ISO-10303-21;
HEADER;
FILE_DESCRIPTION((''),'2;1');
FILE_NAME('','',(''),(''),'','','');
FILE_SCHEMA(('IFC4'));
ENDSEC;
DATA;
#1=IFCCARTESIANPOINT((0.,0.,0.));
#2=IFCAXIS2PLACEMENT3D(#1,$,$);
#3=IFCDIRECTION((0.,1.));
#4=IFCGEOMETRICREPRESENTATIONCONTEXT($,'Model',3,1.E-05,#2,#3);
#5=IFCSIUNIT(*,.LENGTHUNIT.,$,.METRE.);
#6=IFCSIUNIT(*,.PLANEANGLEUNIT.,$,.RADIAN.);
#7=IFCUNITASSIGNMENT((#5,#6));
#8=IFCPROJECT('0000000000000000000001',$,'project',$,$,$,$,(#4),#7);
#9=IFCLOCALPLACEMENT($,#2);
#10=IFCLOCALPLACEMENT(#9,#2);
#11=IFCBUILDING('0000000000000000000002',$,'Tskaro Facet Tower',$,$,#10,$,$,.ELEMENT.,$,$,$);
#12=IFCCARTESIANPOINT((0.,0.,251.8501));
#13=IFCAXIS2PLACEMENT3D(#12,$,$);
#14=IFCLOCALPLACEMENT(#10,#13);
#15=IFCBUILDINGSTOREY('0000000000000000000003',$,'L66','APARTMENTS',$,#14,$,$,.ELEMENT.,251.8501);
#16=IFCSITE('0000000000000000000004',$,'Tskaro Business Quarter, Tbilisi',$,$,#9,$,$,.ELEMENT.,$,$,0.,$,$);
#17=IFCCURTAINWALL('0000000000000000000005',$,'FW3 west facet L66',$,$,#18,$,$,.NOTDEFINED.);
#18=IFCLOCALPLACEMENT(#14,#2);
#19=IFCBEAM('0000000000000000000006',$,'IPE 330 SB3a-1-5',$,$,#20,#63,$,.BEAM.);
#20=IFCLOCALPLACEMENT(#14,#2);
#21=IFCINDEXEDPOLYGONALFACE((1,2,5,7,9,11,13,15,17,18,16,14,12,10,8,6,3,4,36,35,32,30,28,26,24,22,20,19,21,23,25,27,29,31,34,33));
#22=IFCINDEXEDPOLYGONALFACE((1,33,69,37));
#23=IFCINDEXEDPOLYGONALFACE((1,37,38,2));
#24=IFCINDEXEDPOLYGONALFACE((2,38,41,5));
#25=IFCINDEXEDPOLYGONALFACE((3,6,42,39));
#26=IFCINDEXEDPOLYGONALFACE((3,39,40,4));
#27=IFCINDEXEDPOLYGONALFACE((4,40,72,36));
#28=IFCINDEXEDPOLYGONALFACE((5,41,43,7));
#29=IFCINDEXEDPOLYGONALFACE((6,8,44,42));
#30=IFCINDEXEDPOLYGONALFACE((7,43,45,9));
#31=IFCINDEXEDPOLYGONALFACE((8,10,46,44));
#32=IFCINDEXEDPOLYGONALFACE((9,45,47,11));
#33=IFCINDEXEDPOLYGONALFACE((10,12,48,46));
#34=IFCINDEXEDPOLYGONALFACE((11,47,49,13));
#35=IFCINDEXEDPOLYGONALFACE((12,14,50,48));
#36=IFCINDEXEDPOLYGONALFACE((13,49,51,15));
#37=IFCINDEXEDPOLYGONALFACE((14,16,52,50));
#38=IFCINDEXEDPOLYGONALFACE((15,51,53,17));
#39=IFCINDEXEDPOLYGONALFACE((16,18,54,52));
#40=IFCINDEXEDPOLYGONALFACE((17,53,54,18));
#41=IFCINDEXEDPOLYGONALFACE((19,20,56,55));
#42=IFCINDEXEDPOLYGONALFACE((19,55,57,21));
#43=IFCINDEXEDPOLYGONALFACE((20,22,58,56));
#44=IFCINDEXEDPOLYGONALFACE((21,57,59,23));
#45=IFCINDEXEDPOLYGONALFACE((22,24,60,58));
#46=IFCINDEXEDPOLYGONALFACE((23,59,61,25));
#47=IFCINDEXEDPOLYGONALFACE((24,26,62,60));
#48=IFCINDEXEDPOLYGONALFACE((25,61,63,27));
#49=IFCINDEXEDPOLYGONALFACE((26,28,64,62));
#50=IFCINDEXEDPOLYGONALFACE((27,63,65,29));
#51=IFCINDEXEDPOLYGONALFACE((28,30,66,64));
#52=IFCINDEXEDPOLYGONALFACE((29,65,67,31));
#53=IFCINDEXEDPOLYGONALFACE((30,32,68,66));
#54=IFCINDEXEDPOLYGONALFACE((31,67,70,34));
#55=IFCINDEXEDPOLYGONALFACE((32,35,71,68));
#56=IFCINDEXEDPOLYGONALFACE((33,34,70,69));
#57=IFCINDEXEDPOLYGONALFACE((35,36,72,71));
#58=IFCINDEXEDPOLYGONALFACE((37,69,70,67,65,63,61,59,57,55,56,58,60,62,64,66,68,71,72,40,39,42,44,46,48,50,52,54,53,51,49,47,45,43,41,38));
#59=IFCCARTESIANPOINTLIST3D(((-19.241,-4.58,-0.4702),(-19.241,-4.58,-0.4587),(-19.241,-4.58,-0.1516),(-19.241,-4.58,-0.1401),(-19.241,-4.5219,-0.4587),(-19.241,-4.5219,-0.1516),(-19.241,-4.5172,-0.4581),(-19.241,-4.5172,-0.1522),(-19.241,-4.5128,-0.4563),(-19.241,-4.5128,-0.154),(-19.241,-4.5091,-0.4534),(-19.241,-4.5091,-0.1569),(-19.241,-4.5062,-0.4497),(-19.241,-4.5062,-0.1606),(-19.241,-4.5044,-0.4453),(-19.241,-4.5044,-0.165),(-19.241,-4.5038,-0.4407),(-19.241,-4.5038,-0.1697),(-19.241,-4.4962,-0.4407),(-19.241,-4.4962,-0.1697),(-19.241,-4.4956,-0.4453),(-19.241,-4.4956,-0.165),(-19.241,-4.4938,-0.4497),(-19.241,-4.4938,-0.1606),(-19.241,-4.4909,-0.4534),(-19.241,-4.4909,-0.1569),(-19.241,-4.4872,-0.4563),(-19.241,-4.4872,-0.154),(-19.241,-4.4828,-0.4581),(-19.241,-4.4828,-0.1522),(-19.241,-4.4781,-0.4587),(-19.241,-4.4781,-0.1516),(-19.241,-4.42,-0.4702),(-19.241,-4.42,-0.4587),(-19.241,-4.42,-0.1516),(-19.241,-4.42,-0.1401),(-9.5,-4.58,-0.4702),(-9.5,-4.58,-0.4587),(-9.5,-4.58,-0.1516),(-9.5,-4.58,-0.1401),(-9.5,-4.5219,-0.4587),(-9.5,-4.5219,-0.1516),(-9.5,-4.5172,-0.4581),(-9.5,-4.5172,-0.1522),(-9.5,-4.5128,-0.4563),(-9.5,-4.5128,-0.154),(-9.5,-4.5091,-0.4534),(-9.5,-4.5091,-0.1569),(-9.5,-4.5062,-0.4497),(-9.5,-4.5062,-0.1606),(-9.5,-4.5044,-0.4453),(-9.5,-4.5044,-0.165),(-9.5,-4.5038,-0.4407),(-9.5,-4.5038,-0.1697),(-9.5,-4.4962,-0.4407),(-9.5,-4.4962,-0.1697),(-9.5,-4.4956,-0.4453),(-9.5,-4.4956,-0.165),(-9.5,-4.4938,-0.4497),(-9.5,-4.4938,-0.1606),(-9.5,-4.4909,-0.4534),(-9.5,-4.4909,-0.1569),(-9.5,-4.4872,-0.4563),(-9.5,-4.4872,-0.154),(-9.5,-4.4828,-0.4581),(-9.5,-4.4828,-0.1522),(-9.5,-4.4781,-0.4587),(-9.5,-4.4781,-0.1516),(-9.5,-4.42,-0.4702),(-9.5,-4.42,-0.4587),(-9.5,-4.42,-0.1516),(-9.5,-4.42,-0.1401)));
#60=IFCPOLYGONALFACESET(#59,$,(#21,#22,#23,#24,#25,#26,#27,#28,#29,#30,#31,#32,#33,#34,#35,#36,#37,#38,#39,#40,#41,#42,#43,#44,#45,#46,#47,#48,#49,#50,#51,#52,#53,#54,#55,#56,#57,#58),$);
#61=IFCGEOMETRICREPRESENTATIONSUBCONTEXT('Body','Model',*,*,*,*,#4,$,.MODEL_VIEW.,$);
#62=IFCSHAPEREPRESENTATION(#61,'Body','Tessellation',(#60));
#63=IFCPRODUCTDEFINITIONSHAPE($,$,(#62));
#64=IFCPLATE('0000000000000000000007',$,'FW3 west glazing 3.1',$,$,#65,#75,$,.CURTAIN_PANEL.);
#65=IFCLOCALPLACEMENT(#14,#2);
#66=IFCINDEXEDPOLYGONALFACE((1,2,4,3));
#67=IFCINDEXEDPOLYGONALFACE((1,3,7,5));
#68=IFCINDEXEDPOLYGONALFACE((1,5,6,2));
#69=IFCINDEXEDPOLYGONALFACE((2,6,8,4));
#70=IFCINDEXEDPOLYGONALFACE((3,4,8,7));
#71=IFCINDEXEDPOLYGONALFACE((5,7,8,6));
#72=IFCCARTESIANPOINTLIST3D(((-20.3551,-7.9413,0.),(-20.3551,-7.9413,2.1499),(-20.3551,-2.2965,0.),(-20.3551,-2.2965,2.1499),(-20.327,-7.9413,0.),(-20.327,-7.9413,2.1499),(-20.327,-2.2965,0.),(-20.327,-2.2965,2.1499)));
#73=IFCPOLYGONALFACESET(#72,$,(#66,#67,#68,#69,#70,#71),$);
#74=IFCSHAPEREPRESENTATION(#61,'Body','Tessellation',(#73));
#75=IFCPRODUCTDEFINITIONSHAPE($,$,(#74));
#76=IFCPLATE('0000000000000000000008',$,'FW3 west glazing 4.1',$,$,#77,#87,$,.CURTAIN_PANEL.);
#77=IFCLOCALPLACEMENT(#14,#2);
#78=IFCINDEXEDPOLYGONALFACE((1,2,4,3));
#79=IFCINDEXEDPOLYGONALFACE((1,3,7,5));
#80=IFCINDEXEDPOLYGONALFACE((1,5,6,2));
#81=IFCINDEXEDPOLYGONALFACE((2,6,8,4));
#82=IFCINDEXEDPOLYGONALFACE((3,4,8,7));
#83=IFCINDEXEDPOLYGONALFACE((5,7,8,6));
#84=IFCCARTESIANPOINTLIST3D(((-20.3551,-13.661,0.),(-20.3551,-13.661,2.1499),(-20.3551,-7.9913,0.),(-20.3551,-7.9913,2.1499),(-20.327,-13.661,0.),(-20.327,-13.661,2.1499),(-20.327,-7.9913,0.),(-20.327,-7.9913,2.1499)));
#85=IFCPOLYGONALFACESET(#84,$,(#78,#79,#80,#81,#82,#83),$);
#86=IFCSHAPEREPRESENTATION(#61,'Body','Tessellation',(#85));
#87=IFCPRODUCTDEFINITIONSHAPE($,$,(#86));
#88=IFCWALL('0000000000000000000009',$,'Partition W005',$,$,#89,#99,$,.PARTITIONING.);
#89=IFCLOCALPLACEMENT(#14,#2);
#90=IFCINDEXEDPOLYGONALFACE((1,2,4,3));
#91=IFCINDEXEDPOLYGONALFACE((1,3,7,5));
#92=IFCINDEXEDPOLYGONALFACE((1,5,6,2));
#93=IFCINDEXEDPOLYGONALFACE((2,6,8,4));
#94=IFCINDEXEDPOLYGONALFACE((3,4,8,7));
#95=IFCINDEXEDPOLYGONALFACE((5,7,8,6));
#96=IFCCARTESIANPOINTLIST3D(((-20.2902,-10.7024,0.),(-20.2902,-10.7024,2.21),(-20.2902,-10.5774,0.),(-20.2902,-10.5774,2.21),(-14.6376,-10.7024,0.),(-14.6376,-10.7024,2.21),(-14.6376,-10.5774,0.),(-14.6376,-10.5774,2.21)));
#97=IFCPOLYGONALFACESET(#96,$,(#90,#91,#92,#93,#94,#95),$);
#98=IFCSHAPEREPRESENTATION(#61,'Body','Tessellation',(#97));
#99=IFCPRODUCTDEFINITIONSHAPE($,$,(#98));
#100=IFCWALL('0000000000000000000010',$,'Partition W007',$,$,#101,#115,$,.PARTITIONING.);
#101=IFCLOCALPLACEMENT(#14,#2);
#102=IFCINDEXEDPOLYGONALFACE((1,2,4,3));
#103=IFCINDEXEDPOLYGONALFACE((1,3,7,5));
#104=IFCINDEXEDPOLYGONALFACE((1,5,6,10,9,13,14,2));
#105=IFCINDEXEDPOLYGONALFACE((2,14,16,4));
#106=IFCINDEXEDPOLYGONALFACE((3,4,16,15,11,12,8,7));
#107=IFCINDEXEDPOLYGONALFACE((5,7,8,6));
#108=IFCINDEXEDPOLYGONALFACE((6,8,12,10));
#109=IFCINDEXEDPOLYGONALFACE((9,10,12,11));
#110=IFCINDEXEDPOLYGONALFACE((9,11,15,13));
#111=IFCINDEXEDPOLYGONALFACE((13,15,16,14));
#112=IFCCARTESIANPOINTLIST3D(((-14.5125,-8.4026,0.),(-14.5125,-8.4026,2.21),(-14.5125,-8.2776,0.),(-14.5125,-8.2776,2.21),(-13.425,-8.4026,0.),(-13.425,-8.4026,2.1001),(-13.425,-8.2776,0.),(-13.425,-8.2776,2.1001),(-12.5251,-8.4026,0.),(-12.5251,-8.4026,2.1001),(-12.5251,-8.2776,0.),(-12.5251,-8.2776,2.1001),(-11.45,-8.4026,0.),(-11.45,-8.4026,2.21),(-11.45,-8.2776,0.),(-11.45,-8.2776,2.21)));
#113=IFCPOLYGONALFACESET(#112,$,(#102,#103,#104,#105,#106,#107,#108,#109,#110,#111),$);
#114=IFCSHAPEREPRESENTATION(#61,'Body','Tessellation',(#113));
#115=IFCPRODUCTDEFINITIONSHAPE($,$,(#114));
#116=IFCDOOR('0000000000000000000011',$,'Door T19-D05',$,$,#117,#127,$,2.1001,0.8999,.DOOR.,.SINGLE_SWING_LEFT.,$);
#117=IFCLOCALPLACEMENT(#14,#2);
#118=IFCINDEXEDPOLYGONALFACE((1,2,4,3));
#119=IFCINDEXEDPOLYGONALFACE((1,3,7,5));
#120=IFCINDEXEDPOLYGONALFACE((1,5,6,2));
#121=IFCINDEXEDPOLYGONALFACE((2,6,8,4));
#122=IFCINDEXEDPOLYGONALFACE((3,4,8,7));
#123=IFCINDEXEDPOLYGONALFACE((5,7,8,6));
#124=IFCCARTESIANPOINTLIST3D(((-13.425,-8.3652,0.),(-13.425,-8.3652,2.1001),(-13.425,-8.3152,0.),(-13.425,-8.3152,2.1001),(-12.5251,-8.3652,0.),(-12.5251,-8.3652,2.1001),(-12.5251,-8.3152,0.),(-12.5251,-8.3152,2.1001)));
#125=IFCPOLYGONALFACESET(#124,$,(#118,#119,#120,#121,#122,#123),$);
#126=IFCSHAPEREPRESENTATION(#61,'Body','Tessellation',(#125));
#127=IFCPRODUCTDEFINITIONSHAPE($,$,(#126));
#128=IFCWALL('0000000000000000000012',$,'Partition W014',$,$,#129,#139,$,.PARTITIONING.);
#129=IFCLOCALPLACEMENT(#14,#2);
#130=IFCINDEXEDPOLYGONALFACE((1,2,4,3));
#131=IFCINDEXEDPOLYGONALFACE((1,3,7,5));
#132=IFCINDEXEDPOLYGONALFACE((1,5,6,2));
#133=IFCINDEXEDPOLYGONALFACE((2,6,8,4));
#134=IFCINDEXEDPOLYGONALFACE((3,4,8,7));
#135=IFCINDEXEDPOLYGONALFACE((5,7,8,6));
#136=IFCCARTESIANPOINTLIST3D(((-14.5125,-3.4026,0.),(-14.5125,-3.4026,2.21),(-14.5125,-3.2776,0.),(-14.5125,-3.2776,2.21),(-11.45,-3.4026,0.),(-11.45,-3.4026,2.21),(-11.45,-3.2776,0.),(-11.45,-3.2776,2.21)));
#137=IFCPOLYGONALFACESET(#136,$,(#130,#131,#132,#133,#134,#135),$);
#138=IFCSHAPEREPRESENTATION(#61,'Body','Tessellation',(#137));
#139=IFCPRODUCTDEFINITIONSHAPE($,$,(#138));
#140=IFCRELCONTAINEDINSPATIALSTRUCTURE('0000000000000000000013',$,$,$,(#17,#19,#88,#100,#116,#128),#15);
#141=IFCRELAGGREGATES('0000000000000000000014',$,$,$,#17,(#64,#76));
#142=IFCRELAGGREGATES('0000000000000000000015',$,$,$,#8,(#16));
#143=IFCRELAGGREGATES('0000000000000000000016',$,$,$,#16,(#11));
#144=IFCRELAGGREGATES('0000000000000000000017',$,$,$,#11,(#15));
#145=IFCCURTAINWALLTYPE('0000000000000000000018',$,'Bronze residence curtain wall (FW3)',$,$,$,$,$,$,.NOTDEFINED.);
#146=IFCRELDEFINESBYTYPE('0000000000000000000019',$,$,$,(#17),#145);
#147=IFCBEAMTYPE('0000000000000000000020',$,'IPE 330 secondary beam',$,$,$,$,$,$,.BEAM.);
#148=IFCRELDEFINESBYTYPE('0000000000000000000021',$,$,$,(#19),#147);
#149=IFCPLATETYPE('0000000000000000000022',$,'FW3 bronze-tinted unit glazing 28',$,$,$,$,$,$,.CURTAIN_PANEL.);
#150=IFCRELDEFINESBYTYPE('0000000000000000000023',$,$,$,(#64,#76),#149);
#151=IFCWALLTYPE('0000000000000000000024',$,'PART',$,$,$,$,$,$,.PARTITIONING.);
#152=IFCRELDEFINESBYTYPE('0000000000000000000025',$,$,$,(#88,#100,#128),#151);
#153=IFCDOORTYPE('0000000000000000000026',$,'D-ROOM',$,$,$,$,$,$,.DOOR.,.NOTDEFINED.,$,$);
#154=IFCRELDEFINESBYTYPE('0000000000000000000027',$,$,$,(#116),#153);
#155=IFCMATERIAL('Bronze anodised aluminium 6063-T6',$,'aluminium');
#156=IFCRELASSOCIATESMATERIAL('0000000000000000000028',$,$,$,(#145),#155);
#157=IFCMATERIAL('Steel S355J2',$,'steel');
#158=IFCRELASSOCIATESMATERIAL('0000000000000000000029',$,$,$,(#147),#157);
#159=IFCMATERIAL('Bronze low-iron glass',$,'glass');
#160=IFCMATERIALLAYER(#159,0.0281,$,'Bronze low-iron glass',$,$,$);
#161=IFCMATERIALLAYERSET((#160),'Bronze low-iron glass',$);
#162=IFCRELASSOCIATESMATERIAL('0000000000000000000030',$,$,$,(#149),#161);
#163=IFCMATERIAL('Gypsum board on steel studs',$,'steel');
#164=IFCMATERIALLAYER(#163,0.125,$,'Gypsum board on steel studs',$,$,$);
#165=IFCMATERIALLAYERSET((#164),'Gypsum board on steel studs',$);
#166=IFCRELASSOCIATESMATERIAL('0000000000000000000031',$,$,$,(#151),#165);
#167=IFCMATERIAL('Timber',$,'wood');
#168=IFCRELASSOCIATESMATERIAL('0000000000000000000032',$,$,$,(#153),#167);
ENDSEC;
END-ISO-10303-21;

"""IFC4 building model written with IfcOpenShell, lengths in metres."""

from ifc_helpers import new_model, si_unit, direction, frame, frame_2d, origin, origin_2d, place, context, subcontext, project, spatial, rectangle, i_section, extrude, material, layer, layer_set, material_profile, profile_set, type_object, element, fill, aggregate, save


model = new_model("IFC4")

# Units and contexts
model_context = context("Model", 3, precision=1e-05, world=origin(), true_north=direction((0.0, 1.0)))
body_context = subcontext(model_context, "Body", "Model", "MODEL_VIEW")
ifc_project = project(units=[si_unit("LENGTHUNIT", "METRE"), si_unit("PLANEANGLEUNIT", "RADIAN")], contexts=[model_context])

# Site, building, storey
site_placement = place(None, origin())
site = spatial("IfcSite", under=ifc_project, at=site_placement, Name="Tskaro Business Quarter, Tbilisi", CompositionType="ELEMENT", RefElevation=0.0)
building_placement = place(site_placement, origin())
building = spatial("IfcBuilding", under=site, at=building_placement, Name="Tskaro Facet Tower", CompositionType="ELEMENT")
storey_placement = place(building_placement, frame((0.0, 0.0, 251.8501)))
storey = spatial("IfcBuildingStorey", under=building, at=storey_placement, Name="L66", Description="APARTMENTS", CompositionType="ELEMENT", Elevation=251.8501)

# Curtain wall
ifc_material_1 = material(Name="Bronze anodised aluminium 6063-T6", Category="aluminium")
curtain_wall_type = type_object("IfcCurtainWallType", Name="Bronze residence curtain wall (FW3)", PredefinedType="NOTDEFINED", material=ifc_material_1)
curtain_wall_placement = place(storey_placement, origin())
curtain_wall = element("IfcCurtainWall", 1, at=curtain_wall_placement, inside=storey, type_object=curtain_wall_type, Name="FW3 west facet L66", PredefinedType="NOTDEFINED")

# Beam
ifc_material_2 = material(Name="Steel S355J2", Category="steel")
ifc_material_profile_1 = material_profile(ifc_material_2, i_section(OverallWidth=0.1599, OverallDepth=0.3301, WebThickness=0.0076, FlangeThickness=0.0115, FilletRadius=0.0181, at=origin_2d()), Name="IPE 330")
ifc_profile_set_1 = profile_set([ifc_material_profile_1], Name="Steel S355J2")
beam_type_1 = type_object("IfcBeamType", Name="IPE 330 secondary beam", PredefinedType="BEAM", material=ifc_profile_set_1)
beam_1_placement = place(storey_placement, frame((-19.241, -4.5, -0.3052), z_axis=(1.0, 0.0, 0.0), x_axis=(0.0, 1.0, 0.0)))
element("IfcBeam", 2, at=beam_1_placement, inside=storey, type_object=beam_type_1, Name="IPE 330 SB3a-1-5", PredefinedType="BEAM", context=body_context, shape_type="SweptSolid", body=[
    extrude(i_section(OverallWidth=0.1599, OverallDepth=0.3301, WebThickness=0.0076, FlangeThickness=0.0115, FilletRadius=0.0181, at=origin_2d()), origin(), (0.0, 0.0, 1.0), 9.741),
])

# Plates
ifc_material_3 = material(Name="Bronze low-iron glass", Category="glass")
ifc_layer_1 = layer(ifc_material_3, 0.0281, Name="Bronze low-iron glass")
ifc_layer_set_1 = layer_set([ifc_layer_1], Name="Bronze low-iron glass")
plate_type = type_object("IfcPlateType", Name="FW3 bronze-tinted unit glazing 28", PredefinedType="CURTAIN_PANEL", material=ifc_layer_set_1)
plate_1_placement = place(storey_placement, frame((-20.3411, -5.1189, 0.0), z_axis=(0.0, 0.0, 1.0), x_axis=(0.0, -1.0, 0.0)))
plate_1 = element("IfcPlate", 3, at=plate_1_placement, type_object=plate_type, Name="FW3 west glazing 3.1", PredefinedType="CURTAIN_PANEL", context=body_context, shape_type="SweptSolid", body=[
    extrude(rectangle(XDim=5.6448, YDim=0.0281, at=origin_2d()), origin(), (0.0, 0.0, 1.0), 2.1499),
])
plate_2_placement = place(storey_placement, frame((-20.3411, -10.8262, 0.0), z_axis=(0.0, 0.0, 1.0), x_axis=(0.0, -1.0, 0.0)))
plate_2 = element("IfcPlate", 4, at=plate_2_placement, type_object=plate_type, Name="FW3 west glazing 4.1", PredefinedType="CURTAIN_PANEL", context=body_context, shape_type="SweptSolid", body=[
    extrude(rectangle(XDim=5.6697, YDim=0.0281, at=origin_2d()), origin(), (0.0, 0.0, 1.0), 2.1499),
])
aggregate(curtain_wall, [plate_1, plate_2])

# Wall
ifc_material_4 = material(Name="Gypsum board on steel studs", Category="steel")
ifc_layer_2 = layer(ifc_material_4, 0.125, Name="Gypsum board on steel studs")
ifc_layer_set_2 = layer_set([ifc_layer_2], Name="Gypsum board on steel studs")
wall_type_1 = type_object("IfcWallType", Name="PART", PredefinedType="PARTITIONING", material=ifc_layer_set_2)
wall_1_placement = place(storey_placement, frame((-20.29, -10.6399, 0.0), z_axis=(0.0, 0.0, 1.0), x_axis=(1.0, 0.0, 0.0)))
element("IfcWall", 5, at=wall_1_placement, inside=storey, type_object=wall_type_1, Name="Partition W005", PredefinedType="PARTITIONING", context=body_context, shape_type="SweptSolid", body=[
    extrude(rectangle(XDim=5.6526, YDim=0.125, at=frame_2d((2.8262, 0.0))), origin(), (0.0, 0.0, 1.0), 2.21),
])

# Wall, opening, door
wall_2_placement = place(storey_placement, frame((-14.5125, -8.3401, 0.0), z_axis=(0.0, 0.0, 1.0), x_axis=(1.0, 0.0, 0.0)))
wall_2 = element("IfcWall", 6, at=wall_2_placement, inside=storey, type_object=wall_type_1, Name="Partition W007", PredefinedType="PARTITIONING", context=body_context, shape_type="SweptSolid", body=[
    extrude(rectangle(XDim=3.0625, YDim=0.125, at=frame_2d((1.5312, 0.0))), origin(), (0.0, 0.0, 1.0), 2.21),
])
opening_1_placement = place(wall_2_placement, frame((1.0874, 0.0, 0.0)))
opening_1 = element("IfcOpeningElement", 7, at=opening_1_placement, cuts=wall_2, PredefinedType="OPENING", context=body_context, shape_type="SweptSolid", body=[
    extrude(rectangle(XDim=0.8999, YDim=2.1001, at=frame_2d((0.45, 1.05))), frame((0.0, 0.0725, 0.0), z_axis=(0.0, -1.0, 0.0), x_axis=(1.0, 0.0, 0.0)), (0.0, 0.0, 1.0), 0.145),
])
ifc_material_5 = material(Name="Timber", Category="wood")
door_type_1 = type_object("IfcDoorType", Name="D-ROOM", OperationType="NOTDEFINED", PredefinedType="DOOR", material=ifc_material_5)
door_1_placement = place(opening_1_placement, origin())
door_1 = element("IfcDoor", 8, at=door_1_placement, inside=storey, type_object=door_type_1, Name="Door T19-D05", OperationType="SINGLE_SWING_LEFT", OverallHeight=2.1001, OverallWidth=0.8999, PredefinedType="DOOR", context=body_context, shape_type="SweptSolid", body=[
    extrude(rectangle(XDim=0.8999, YDim=2.1001, at=frame_2d((0.45, 1.05))), frame((0.0, 0.0249, 0.0), z_axis=(0.0, -1.0, 0.0), x_axis=(1.0, 0.0, 0.0)), (0.0, 0.0, 1.0), 0.05),
])
fill(opening_1, door_1)

# Wall
wall_3_placement = place(storey_placement, frame((-14.5125, -3.3401, 0.0), z_axis=(0.0, 0.0, 1.0), x_axis=(1.0, 0.0, 0.0)))
element("IfcWall", 9, at=wall_3_placement, inside=storey, type_object=wall_type_1, Name="Partition W014", PredefinedType="PARTITIONING", context=body_context, shape_type="SweptSolid", body=[
    extrude(rectangle(XDim=3.0625, YDim=0.125, at=frame_2d((1.5312, 0.0))), origin(), (0.0, 0.0, 1.0), 2.21),
])

save(model, "model.ifc")
